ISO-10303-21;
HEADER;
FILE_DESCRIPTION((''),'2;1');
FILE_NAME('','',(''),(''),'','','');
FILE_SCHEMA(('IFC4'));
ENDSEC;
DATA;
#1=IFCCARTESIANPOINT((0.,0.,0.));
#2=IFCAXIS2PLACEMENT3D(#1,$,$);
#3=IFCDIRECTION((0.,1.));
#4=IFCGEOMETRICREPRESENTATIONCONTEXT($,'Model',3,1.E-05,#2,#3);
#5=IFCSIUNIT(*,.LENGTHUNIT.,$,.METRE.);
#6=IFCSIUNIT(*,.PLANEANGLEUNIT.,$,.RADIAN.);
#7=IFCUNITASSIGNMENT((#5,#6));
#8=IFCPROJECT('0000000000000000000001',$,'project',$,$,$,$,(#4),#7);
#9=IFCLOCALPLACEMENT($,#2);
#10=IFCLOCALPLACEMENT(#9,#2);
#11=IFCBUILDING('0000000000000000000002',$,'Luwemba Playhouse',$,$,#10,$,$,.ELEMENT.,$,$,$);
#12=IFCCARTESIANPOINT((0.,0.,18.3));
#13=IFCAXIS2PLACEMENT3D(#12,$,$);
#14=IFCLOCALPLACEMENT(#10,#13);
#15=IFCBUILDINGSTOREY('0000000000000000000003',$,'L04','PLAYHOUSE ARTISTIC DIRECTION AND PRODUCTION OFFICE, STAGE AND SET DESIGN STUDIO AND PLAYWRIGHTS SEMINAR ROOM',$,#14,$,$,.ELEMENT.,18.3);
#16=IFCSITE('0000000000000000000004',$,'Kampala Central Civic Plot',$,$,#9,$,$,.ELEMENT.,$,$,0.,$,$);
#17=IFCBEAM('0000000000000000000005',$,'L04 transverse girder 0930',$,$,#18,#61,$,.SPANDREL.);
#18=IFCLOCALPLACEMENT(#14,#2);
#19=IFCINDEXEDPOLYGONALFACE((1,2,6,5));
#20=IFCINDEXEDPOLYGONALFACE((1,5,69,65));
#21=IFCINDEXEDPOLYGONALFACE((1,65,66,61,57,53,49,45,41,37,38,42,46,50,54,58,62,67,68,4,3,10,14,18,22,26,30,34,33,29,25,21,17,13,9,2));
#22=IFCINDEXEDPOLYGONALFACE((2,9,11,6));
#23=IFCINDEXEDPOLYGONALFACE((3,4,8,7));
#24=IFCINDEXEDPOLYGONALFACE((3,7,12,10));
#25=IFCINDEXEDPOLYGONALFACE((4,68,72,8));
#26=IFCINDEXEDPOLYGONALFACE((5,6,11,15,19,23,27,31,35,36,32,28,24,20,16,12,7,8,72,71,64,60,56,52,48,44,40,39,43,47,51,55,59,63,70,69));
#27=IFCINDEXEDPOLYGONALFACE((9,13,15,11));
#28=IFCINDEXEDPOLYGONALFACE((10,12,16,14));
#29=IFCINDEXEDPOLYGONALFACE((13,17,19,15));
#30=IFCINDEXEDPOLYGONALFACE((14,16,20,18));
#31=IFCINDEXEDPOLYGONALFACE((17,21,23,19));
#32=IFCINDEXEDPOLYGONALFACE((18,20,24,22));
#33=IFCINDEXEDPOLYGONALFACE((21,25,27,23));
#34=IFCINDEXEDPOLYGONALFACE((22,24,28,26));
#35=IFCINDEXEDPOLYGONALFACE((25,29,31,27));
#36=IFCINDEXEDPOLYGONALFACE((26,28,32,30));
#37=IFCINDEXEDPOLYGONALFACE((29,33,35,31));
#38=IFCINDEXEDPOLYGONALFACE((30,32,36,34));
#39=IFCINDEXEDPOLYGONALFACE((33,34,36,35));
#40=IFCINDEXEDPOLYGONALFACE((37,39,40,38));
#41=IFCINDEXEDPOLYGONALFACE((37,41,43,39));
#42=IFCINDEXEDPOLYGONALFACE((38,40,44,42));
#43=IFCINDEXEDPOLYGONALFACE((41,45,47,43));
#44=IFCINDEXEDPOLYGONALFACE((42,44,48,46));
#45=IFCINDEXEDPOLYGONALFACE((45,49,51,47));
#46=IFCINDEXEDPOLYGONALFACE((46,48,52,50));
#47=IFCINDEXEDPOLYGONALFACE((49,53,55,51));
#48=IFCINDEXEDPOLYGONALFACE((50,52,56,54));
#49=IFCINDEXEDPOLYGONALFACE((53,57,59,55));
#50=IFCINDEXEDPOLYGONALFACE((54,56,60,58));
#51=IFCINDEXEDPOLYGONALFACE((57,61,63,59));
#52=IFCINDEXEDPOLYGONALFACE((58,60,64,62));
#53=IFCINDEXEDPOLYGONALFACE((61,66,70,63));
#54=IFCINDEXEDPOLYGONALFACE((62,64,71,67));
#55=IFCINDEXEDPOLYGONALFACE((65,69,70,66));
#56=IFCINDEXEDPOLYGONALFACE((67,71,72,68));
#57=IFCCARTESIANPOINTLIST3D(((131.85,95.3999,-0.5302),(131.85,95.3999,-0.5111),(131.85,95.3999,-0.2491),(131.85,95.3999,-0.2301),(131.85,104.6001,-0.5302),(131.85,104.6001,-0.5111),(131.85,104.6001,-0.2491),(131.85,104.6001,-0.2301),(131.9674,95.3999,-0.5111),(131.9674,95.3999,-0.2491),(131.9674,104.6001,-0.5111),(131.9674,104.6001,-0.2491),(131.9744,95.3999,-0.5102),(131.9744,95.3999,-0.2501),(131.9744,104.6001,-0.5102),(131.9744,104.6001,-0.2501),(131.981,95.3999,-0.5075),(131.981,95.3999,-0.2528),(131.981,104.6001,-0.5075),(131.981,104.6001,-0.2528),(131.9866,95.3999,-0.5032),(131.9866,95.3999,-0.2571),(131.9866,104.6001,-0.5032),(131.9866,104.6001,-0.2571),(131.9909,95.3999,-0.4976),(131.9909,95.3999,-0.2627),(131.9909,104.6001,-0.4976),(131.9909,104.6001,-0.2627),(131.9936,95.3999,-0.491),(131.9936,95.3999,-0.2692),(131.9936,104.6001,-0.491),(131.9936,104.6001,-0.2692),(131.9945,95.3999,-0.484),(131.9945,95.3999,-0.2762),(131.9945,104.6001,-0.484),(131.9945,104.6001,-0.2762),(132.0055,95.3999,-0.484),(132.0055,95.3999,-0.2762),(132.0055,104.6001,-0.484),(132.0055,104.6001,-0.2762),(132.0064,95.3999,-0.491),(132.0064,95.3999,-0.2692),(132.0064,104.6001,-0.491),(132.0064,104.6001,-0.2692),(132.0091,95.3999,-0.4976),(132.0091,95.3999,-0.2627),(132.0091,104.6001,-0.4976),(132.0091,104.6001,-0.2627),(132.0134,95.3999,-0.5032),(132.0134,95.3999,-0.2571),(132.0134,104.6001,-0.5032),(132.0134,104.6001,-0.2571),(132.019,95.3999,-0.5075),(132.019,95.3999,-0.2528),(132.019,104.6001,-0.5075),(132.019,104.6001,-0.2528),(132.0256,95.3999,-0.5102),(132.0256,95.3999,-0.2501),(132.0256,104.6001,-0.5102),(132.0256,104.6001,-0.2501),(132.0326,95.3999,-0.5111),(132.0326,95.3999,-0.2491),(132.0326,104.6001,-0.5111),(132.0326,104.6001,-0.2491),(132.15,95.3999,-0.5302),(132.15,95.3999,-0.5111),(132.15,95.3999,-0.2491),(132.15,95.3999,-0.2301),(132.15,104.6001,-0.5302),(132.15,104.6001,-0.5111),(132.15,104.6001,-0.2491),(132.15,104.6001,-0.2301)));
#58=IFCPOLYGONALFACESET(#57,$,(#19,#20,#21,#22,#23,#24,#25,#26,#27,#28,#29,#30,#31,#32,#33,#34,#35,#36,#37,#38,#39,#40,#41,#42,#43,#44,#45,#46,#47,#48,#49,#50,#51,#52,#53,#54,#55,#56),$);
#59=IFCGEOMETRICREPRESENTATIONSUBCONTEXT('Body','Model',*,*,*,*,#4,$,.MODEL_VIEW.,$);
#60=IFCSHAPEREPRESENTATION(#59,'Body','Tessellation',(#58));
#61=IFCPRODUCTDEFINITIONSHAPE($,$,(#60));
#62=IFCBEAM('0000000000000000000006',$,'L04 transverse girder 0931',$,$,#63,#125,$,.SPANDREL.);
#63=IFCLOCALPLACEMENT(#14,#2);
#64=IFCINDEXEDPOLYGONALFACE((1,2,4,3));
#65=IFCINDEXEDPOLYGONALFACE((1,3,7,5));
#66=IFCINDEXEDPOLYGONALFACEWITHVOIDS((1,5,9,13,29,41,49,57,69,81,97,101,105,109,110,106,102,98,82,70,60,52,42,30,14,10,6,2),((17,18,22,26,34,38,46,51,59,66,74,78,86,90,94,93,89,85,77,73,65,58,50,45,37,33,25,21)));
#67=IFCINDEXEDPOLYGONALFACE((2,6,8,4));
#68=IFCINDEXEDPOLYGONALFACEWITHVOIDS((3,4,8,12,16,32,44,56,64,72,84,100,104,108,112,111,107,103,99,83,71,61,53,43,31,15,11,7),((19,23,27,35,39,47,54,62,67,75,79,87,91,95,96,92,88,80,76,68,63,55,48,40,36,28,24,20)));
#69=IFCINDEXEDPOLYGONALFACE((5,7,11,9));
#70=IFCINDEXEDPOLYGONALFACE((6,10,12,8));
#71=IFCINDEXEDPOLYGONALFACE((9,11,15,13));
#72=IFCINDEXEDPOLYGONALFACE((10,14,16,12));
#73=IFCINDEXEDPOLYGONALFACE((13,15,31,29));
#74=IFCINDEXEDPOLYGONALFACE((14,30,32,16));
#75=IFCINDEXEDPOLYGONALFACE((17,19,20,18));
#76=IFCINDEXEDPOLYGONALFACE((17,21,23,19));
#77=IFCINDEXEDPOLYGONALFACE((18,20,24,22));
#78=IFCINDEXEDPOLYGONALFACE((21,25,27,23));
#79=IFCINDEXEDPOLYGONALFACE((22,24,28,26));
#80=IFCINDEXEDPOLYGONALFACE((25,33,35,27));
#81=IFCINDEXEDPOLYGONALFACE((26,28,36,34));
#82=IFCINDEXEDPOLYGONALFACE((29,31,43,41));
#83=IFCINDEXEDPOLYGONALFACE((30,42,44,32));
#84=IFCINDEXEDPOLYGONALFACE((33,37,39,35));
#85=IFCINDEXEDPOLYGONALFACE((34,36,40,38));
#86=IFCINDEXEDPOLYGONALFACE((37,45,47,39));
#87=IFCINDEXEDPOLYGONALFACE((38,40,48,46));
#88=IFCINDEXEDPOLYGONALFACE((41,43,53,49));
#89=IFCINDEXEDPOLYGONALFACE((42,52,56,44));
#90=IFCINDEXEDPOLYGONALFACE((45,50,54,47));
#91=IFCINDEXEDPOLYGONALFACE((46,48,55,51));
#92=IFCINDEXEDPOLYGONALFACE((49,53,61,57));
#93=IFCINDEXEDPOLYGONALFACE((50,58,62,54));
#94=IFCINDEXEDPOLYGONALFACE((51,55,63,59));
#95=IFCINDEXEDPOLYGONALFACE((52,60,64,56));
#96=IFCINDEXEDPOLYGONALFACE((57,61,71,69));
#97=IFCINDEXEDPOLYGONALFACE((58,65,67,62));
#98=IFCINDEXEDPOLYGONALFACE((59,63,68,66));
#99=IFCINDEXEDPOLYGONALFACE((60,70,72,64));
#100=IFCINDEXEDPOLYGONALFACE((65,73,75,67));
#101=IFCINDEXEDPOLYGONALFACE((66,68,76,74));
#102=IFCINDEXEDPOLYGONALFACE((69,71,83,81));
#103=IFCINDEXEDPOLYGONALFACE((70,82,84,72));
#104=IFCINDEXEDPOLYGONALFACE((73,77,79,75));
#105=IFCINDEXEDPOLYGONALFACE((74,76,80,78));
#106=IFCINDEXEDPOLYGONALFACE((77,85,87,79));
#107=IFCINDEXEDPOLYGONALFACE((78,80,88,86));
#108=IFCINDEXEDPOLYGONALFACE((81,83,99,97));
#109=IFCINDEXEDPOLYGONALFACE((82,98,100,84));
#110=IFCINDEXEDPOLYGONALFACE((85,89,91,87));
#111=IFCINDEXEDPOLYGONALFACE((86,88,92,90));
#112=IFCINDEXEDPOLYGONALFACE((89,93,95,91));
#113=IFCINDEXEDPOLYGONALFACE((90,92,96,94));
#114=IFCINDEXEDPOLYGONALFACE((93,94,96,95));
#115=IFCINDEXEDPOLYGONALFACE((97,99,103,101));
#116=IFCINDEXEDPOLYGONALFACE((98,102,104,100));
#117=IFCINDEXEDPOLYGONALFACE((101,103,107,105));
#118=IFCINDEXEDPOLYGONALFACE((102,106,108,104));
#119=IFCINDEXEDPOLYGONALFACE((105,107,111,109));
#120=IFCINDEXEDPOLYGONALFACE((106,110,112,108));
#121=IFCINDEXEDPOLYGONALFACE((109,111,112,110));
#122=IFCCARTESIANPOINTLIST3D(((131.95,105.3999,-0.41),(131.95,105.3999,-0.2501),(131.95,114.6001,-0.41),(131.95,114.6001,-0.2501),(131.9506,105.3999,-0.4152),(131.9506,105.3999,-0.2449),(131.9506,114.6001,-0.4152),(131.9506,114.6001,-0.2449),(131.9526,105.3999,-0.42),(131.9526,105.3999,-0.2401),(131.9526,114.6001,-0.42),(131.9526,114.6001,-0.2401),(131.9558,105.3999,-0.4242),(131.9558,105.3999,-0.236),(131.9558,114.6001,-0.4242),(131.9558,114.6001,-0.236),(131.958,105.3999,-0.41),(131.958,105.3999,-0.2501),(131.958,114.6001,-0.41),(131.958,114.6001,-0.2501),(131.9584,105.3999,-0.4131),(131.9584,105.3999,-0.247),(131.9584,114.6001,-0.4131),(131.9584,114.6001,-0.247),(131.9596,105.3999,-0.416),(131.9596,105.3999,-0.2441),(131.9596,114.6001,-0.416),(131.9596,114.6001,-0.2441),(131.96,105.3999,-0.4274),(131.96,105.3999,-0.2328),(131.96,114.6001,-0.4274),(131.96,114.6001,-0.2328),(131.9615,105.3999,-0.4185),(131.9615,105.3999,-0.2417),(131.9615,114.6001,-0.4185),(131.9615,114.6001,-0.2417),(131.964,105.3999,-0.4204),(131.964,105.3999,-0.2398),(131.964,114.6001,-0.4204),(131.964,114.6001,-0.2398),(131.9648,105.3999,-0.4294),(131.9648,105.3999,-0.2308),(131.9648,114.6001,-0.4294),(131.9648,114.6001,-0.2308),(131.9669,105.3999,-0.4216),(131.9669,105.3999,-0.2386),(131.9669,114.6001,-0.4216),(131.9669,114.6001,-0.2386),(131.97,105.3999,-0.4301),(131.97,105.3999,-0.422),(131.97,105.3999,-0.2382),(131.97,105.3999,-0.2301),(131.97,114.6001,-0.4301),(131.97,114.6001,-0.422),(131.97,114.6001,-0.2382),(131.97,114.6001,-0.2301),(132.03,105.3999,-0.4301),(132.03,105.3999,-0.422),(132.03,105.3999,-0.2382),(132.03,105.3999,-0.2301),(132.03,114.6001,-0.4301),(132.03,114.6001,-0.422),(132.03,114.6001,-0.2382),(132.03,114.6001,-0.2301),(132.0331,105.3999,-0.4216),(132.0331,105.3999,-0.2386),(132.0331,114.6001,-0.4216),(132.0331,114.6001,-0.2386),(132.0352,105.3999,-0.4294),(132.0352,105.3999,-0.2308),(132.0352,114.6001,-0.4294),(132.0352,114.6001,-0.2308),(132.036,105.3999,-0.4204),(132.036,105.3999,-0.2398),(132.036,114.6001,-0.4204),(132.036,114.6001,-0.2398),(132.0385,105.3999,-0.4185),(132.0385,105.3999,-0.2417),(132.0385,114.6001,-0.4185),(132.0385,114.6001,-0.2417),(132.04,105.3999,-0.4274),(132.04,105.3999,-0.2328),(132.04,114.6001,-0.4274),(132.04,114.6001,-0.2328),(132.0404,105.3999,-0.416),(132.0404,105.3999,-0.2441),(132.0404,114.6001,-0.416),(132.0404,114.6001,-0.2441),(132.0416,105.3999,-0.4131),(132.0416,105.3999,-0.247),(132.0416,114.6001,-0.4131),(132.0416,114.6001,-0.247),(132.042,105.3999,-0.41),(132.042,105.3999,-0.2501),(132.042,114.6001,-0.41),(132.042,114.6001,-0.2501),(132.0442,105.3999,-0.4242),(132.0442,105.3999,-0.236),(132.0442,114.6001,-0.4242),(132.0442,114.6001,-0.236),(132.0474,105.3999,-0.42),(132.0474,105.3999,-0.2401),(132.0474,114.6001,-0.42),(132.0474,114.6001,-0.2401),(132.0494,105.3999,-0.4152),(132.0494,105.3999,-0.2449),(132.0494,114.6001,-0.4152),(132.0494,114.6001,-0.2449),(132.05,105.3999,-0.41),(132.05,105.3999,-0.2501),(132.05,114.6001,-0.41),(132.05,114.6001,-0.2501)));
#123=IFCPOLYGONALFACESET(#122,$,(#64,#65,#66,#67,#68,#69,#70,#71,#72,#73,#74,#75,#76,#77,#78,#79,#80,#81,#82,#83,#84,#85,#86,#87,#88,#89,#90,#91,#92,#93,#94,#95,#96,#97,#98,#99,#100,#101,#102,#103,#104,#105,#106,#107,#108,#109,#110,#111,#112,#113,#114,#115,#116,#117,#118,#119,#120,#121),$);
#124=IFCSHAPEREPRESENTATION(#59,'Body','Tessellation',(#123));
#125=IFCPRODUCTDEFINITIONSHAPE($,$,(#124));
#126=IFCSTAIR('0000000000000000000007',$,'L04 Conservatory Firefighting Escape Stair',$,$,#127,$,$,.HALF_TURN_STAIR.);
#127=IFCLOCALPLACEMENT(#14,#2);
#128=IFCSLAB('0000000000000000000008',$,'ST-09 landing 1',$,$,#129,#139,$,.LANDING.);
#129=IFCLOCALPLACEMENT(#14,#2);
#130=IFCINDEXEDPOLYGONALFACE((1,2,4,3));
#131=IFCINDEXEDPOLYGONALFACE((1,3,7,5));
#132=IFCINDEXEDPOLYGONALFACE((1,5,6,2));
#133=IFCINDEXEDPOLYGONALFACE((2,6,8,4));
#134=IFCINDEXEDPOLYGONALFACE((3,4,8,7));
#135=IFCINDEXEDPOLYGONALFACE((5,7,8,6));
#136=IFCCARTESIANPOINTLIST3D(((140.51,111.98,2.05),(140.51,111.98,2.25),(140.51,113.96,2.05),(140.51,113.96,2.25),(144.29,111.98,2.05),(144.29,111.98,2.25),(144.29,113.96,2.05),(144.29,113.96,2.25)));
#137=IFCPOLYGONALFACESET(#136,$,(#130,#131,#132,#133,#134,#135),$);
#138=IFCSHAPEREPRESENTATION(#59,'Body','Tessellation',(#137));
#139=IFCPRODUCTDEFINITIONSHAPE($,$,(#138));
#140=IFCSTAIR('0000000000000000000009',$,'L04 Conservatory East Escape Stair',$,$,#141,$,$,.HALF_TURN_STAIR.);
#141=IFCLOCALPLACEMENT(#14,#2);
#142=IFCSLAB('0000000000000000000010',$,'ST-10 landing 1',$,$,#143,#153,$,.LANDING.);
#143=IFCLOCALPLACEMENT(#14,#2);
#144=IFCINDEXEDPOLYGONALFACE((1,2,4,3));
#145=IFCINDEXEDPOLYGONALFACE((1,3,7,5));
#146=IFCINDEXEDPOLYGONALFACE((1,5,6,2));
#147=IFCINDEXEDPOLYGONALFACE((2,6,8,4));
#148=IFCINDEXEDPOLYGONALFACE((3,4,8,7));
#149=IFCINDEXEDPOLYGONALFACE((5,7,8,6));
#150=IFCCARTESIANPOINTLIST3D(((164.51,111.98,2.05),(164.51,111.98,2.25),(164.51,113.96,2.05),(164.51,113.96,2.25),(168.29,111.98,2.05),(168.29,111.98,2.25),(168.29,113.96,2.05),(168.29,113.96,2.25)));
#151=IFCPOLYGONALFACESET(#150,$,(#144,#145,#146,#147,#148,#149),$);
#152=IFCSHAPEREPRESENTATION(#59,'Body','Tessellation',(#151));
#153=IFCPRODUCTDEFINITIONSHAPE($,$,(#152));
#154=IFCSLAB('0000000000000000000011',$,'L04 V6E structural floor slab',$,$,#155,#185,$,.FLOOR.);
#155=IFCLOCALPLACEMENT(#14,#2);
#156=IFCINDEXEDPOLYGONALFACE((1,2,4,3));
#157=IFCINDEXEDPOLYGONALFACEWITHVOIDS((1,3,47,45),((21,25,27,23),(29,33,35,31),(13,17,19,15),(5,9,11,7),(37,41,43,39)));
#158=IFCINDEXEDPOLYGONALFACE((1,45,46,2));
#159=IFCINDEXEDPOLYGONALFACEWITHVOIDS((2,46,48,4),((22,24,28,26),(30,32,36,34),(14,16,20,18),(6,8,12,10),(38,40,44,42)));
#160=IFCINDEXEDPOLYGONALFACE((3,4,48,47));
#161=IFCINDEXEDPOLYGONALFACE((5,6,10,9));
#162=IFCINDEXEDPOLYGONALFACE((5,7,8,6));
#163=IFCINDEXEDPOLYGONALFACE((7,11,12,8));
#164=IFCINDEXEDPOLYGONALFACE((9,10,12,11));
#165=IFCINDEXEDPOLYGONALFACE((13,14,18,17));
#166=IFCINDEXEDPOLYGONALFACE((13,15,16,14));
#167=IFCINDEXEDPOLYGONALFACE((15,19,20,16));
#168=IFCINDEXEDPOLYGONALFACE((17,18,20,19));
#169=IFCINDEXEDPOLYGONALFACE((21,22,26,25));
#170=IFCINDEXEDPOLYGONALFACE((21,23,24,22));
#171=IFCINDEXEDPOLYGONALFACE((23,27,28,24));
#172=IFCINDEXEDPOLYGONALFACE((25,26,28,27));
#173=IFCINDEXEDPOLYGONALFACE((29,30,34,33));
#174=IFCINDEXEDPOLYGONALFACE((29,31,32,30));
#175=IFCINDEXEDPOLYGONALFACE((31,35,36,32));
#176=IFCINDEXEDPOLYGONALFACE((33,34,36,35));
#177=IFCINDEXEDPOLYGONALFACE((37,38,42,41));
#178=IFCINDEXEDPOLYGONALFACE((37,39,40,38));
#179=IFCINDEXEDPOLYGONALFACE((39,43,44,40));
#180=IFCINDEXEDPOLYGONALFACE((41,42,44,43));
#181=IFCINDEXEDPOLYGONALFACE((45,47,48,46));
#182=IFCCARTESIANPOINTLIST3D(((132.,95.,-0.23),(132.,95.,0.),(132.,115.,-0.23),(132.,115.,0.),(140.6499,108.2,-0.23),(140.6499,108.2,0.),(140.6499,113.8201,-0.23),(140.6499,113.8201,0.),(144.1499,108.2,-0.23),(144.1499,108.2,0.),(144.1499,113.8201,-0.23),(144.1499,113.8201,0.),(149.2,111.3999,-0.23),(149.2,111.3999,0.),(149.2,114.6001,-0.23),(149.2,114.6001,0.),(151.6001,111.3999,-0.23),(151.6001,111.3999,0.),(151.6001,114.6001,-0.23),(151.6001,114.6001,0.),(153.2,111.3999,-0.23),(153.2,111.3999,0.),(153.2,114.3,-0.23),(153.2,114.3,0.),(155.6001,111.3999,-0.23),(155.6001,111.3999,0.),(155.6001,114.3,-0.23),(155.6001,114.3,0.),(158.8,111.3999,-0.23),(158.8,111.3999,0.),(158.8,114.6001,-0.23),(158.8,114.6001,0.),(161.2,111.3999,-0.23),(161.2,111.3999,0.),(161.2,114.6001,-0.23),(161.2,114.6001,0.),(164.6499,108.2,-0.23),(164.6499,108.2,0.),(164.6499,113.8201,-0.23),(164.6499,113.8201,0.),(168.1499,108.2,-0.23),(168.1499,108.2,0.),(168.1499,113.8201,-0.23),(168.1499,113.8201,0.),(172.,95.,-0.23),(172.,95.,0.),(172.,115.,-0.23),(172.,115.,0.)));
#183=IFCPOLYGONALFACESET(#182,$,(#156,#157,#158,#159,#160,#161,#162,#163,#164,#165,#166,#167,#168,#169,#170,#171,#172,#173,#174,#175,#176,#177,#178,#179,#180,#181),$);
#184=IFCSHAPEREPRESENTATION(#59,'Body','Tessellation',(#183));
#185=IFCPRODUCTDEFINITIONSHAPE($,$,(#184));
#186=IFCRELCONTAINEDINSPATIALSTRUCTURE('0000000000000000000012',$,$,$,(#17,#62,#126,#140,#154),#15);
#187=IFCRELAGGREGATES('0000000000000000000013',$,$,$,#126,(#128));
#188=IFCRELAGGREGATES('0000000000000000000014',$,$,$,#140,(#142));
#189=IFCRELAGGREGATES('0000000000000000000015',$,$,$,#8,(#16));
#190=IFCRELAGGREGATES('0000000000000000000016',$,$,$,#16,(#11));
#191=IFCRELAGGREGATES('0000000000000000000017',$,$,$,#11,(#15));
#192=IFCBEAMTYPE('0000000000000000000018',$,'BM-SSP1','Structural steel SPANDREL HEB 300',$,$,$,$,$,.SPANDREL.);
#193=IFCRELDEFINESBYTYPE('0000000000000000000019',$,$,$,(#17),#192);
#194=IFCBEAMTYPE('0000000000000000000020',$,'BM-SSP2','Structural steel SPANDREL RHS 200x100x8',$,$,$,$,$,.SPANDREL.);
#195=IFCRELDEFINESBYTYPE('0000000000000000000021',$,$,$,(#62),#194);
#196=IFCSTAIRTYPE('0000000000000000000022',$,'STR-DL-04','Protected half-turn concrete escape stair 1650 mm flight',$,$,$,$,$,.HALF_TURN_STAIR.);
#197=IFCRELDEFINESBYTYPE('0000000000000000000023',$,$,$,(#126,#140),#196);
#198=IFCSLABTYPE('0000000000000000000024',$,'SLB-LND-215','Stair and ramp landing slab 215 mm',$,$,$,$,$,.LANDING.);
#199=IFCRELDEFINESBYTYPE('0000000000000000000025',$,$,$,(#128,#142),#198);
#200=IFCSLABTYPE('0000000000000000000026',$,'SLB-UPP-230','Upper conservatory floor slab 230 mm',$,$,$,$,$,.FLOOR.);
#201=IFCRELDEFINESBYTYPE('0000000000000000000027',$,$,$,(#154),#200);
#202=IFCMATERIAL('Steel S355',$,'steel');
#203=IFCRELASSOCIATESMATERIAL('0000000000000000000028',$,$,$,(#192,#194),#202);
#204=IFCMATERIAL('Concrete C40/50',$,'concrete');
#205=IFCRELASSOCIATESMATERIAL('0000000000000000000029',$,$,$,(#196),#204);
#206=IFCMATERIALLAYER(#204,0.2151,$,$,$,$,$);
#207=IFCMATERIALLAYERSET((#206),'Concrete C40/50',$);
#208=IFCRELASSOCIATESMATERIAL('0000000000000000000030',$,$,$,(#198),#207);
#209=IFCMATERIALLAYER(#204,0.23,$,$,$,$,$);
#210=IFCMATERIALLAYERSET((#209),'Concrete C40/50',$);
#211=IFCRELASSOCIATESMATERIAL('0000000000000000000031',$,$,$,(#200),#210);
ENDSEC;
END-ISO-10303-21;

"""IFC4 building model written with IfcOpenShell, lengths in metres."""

from ifc_helpers import new_model, si_unit, direction, frame, origin, origin_2d, place, context, subcontext, project, spatial, polyline, hollow_rectangle, i_section, outline, extrude, material, layer, layer_set, material_profile, profile_set, type_object, element, aggregate, save


model = new_model("IFC4")

# Units and contexts
model_context = context("Model", 3, precision=1e-05, world=origin(), true_north=direction((0.0, 1.0)))
body_context = subcontext(model_context, "Body", "Model", "MODEL_VIEW")
ifc_project = project(units=[si_unit("LENGTHUNIT", "METRE"), si_unit("PLANEANGLEUNIT", "RADIAN")], contexts=[model_context])

# Site, building, storey
site_placement = place(None, origin())
site = spatial("IfcSite", under=ifc_project, at=site_placement, Name="Kampala Central Civic Plot", CompositionType="ELEMENT", RefElevation=0.0)
building_placement = place(site_placement, origin())
building = spatial("IfcBuilding", under=site, at=building_placement, Name="Luwemba Playhouse", CompositionType="ELEMENT")
storey_placement = place(building_placement, frame((0.0, 0.0, 18.3)))
storey = spatial("IfcBuildingStorey", under=building, at=storey_placement, Name="L04", Description="PLAYHOUSE ARTISTIC DIRECTION AND PRODUCTION OFFICE, STAGE AND SET DESIGN STUDIO AND PLAYWRIGHTS SEMINAR ROOM", CompositionType="ELEMENT", Elevation=18.3)

# Shared definitions
ifc_material_1 = material(Name="Concrete C40/50", Category="concrete")

# Beams
ifc_material_2 = material(Name="Steel S355", Category="steel")
ifc_material_profile_1 = material_profile(ifc_material_2, i_section(OverallWidth=0.3, OverallDepth=0.3, WebThickness=0.011, FlangeThickness=0.019, FilletRadius=0.0271, at=origin_2d()))
ifc_profile_set_1 = profile_set([ifc_material_profile_1], Name="Steel S355")
beam_type_1 = type_object("IfcBeamType", Name="BM-SSP1", Description="Structural steel SPANDREL HEB 300", PredefinedType="SPANDREL", material=ifc_profile_set_1)
beam_1_placement = place(storey_placement, frame((132.0, 95.3999, -0.3801), z_axis=(0.0, 1.0, 0.0), x_axis=(-1.0, 0.0, 0.0)))
element("IfcBeam", 1, at=beam_1_placement, inside=storey, type_object=beam_type_1, Name="L04 transverse girder 0930", PredefinedType="SPANDREL", context=body_context, shape_type="SweptSolid", body=[
    extrude(i_section(OverallWidth=0.3, OverallDepth=0.3, WebThickness=0.011, FlangeThickness=0.019, FilletRadius=0.0271, at=origin_2d()), origin(), (0.0, 0.0, 1.0), 9.2002),
])
ifc_material_profile_2 = material_profile(ifc_material_2, hollow_rectangle(XDim=0.1001, YDim=0.2, WallThickness=0.0081, InnerFilletRadius=0.012, OuterFilletRadius=0.02, at=origin_2d()))
ifc_profile_set_2 = profile_set([ifc_material_profile_2], Name="Steel S355")
beam_type_2 = type_object("IfcBeamType", Name="BM-SSP2", Description="Structural steel SPANDREL RHS 200x100x8", PredefinedType="SPANDREL", material=ifc_profile_set_2)
beam_2_placement = place(storey_placement, frame((132.0, 105.3999, -0.3301), z_axis=(0.0, 1.0, 0.0), x_axis=(-1.0, 0.0, 0.0)))
element("IfcBeam", 2, at=beam_2_placement, inside=storey, type_object=beam_type_2, Name="L04 transverse girder 0931", PredefinedType="SPANDREL", context=body_context, shape_type="SweptSolid", body=[
    extrude(hollow_rectangle(XDim=0.1001, YDim=0.2, WallThickness=0.0081, InnerFilletRadius=0.012, OuterFilletRadius=0.02, at=origin_2d()), origin(), (0.0, 0.0, 1.0), 9.2002),
])

# Stairs, slabs
stair_type = type_object("IfcStairType", Name="STR-DL-04", Description="Protected half-turn concrete escape stair 1650 mm flight", PredefinedType="HALF_TURN_STAIR", material=ifc_material_1)
stair_1_placement = place(storey_placement, origin())
stair_1 = element("IfcStair", 3, at=stair_1_placement, inside=storey, type_object=stair_type, Name="L04 Conservatory Firefighting Escape Stair", PredefinedType="HALF_TURN_STAIR")
ifc_layer_1 = layer(ifc_material_1, 0.2151)
ifc_layer_set_1 = layer_set([ifc_layer_1], Name="Concrete C40/50")
slab_type_1 = type_object("IfcSlabType", Name="SLB-LND-215", Description="Stair and ramp landing slab 215 mm", PredefinedType="LANDING", material=ifc_layer_set_1)
slab_1_placement = place(storey_placement, frame((0.0, 0.0, 2.05)))
slab_1 = element("IfcSlab", 4, at=slab_1_placement, type_object=slab_type_1, Name="ST-09 landing 1", PredefinedType="LANDING", context=body_context, shape_type="SweptSolid", body=[
    extrude(outline(polyline([(144.29, 111.98), (140.51, 111.98), (140.51, 113.96), (144.29, 113.96), (144.29, 111.98)])), origin(), (0.0, 0.0, 1.0), 0.2),
])
aggregate(stair_1, [slab_1])
stair_2_placement = place(storey_placement, origin())
stair_2 = element("IfcStair", 5, at=stair_2_placement, inside=storey, type_object=stair_type, Name="L04 Conservatory East Escape Stair", PredefinedType="HALF_TURN_STAIR")
slab_2_placement = place(storey_placement, frame((0.0, 0.0, 2.05)))
slab_2 = element("IfcSlab", 6, at=slab_2_placement, type_object=slab_type_1, Name="ST-10 landing 1", PredefinedType="LANDING", context=body_context, shape_type="SweptSolid", body=[
    extrude(outline(polyline([(168.29, 111.98), (164.51, 111.98), (164.51, 113.96), (168.29, 113.96), (168.29, 111.98)])), origin(), (0.0, 0.0, 1.0), 0.2),
])
aggregate(stair_2, [slab_2])

# Slab
ifc_layer_2 = layer(ifc_material_1, 0.23)
ifc_layer_set_2 = layer_set([ifc_layer_2], Name="Concrete C40/50")
slab_type_2 = type_object("IfcSlabType", Name="SLB-UPP-230", Description="Upper conservatory floor slab 230 mm", PredefinedType="FLOOR", material=ifc_layer_set_2)
slab_3_placement = place(storey_placement, frame((0.0, 0.0, -0.23)))
element("IfcSlab", 7, at=slab_3_placement, inside=storey, type_object=slab_type_2, Name="L04 V6E structural floor slab", PredefinedType="FLOOR", context=body_context, shape_type="SweptSolid", body=[
    extrude(outline(polyline([(172.0, 115.0), (172.0, 95.0), (132.0, 95.0), (132.0, 115.0), (172.0, 115.0)]), holes=[polyline([(144.1499, 108.2), (144.1499, 113.8201), (140.6499, 113.8201), (140.6499, 108.2), (144.1499, 108.2)]), polyline([(168.1499, 108.2), (168.1499, 113.8201), (164.6499, 113.8201), (164.6499, 108.2), (168.1499, 108.2)]), polyline([(153.2, 111.3999), (155.6001, 111.3999), (155.6001, 114.3), (153.2, 114.3), (153.2, 111.3999)]), polyline([(149.2, 114.6001), (149.2, 111.3999), (151.6001, 111.3999), (151.6001, 114.6001), (149.2, 114.6001)]), polyline([(158.8, 114.6001), (158.8, 111.3999), (161.2, 111.3999), (161.2, 114.6001), (158.8, 114.6001)])]), origin(), (0.0, 0.0, 1.0), 0.23),
])

save(model, "model.ifc")
